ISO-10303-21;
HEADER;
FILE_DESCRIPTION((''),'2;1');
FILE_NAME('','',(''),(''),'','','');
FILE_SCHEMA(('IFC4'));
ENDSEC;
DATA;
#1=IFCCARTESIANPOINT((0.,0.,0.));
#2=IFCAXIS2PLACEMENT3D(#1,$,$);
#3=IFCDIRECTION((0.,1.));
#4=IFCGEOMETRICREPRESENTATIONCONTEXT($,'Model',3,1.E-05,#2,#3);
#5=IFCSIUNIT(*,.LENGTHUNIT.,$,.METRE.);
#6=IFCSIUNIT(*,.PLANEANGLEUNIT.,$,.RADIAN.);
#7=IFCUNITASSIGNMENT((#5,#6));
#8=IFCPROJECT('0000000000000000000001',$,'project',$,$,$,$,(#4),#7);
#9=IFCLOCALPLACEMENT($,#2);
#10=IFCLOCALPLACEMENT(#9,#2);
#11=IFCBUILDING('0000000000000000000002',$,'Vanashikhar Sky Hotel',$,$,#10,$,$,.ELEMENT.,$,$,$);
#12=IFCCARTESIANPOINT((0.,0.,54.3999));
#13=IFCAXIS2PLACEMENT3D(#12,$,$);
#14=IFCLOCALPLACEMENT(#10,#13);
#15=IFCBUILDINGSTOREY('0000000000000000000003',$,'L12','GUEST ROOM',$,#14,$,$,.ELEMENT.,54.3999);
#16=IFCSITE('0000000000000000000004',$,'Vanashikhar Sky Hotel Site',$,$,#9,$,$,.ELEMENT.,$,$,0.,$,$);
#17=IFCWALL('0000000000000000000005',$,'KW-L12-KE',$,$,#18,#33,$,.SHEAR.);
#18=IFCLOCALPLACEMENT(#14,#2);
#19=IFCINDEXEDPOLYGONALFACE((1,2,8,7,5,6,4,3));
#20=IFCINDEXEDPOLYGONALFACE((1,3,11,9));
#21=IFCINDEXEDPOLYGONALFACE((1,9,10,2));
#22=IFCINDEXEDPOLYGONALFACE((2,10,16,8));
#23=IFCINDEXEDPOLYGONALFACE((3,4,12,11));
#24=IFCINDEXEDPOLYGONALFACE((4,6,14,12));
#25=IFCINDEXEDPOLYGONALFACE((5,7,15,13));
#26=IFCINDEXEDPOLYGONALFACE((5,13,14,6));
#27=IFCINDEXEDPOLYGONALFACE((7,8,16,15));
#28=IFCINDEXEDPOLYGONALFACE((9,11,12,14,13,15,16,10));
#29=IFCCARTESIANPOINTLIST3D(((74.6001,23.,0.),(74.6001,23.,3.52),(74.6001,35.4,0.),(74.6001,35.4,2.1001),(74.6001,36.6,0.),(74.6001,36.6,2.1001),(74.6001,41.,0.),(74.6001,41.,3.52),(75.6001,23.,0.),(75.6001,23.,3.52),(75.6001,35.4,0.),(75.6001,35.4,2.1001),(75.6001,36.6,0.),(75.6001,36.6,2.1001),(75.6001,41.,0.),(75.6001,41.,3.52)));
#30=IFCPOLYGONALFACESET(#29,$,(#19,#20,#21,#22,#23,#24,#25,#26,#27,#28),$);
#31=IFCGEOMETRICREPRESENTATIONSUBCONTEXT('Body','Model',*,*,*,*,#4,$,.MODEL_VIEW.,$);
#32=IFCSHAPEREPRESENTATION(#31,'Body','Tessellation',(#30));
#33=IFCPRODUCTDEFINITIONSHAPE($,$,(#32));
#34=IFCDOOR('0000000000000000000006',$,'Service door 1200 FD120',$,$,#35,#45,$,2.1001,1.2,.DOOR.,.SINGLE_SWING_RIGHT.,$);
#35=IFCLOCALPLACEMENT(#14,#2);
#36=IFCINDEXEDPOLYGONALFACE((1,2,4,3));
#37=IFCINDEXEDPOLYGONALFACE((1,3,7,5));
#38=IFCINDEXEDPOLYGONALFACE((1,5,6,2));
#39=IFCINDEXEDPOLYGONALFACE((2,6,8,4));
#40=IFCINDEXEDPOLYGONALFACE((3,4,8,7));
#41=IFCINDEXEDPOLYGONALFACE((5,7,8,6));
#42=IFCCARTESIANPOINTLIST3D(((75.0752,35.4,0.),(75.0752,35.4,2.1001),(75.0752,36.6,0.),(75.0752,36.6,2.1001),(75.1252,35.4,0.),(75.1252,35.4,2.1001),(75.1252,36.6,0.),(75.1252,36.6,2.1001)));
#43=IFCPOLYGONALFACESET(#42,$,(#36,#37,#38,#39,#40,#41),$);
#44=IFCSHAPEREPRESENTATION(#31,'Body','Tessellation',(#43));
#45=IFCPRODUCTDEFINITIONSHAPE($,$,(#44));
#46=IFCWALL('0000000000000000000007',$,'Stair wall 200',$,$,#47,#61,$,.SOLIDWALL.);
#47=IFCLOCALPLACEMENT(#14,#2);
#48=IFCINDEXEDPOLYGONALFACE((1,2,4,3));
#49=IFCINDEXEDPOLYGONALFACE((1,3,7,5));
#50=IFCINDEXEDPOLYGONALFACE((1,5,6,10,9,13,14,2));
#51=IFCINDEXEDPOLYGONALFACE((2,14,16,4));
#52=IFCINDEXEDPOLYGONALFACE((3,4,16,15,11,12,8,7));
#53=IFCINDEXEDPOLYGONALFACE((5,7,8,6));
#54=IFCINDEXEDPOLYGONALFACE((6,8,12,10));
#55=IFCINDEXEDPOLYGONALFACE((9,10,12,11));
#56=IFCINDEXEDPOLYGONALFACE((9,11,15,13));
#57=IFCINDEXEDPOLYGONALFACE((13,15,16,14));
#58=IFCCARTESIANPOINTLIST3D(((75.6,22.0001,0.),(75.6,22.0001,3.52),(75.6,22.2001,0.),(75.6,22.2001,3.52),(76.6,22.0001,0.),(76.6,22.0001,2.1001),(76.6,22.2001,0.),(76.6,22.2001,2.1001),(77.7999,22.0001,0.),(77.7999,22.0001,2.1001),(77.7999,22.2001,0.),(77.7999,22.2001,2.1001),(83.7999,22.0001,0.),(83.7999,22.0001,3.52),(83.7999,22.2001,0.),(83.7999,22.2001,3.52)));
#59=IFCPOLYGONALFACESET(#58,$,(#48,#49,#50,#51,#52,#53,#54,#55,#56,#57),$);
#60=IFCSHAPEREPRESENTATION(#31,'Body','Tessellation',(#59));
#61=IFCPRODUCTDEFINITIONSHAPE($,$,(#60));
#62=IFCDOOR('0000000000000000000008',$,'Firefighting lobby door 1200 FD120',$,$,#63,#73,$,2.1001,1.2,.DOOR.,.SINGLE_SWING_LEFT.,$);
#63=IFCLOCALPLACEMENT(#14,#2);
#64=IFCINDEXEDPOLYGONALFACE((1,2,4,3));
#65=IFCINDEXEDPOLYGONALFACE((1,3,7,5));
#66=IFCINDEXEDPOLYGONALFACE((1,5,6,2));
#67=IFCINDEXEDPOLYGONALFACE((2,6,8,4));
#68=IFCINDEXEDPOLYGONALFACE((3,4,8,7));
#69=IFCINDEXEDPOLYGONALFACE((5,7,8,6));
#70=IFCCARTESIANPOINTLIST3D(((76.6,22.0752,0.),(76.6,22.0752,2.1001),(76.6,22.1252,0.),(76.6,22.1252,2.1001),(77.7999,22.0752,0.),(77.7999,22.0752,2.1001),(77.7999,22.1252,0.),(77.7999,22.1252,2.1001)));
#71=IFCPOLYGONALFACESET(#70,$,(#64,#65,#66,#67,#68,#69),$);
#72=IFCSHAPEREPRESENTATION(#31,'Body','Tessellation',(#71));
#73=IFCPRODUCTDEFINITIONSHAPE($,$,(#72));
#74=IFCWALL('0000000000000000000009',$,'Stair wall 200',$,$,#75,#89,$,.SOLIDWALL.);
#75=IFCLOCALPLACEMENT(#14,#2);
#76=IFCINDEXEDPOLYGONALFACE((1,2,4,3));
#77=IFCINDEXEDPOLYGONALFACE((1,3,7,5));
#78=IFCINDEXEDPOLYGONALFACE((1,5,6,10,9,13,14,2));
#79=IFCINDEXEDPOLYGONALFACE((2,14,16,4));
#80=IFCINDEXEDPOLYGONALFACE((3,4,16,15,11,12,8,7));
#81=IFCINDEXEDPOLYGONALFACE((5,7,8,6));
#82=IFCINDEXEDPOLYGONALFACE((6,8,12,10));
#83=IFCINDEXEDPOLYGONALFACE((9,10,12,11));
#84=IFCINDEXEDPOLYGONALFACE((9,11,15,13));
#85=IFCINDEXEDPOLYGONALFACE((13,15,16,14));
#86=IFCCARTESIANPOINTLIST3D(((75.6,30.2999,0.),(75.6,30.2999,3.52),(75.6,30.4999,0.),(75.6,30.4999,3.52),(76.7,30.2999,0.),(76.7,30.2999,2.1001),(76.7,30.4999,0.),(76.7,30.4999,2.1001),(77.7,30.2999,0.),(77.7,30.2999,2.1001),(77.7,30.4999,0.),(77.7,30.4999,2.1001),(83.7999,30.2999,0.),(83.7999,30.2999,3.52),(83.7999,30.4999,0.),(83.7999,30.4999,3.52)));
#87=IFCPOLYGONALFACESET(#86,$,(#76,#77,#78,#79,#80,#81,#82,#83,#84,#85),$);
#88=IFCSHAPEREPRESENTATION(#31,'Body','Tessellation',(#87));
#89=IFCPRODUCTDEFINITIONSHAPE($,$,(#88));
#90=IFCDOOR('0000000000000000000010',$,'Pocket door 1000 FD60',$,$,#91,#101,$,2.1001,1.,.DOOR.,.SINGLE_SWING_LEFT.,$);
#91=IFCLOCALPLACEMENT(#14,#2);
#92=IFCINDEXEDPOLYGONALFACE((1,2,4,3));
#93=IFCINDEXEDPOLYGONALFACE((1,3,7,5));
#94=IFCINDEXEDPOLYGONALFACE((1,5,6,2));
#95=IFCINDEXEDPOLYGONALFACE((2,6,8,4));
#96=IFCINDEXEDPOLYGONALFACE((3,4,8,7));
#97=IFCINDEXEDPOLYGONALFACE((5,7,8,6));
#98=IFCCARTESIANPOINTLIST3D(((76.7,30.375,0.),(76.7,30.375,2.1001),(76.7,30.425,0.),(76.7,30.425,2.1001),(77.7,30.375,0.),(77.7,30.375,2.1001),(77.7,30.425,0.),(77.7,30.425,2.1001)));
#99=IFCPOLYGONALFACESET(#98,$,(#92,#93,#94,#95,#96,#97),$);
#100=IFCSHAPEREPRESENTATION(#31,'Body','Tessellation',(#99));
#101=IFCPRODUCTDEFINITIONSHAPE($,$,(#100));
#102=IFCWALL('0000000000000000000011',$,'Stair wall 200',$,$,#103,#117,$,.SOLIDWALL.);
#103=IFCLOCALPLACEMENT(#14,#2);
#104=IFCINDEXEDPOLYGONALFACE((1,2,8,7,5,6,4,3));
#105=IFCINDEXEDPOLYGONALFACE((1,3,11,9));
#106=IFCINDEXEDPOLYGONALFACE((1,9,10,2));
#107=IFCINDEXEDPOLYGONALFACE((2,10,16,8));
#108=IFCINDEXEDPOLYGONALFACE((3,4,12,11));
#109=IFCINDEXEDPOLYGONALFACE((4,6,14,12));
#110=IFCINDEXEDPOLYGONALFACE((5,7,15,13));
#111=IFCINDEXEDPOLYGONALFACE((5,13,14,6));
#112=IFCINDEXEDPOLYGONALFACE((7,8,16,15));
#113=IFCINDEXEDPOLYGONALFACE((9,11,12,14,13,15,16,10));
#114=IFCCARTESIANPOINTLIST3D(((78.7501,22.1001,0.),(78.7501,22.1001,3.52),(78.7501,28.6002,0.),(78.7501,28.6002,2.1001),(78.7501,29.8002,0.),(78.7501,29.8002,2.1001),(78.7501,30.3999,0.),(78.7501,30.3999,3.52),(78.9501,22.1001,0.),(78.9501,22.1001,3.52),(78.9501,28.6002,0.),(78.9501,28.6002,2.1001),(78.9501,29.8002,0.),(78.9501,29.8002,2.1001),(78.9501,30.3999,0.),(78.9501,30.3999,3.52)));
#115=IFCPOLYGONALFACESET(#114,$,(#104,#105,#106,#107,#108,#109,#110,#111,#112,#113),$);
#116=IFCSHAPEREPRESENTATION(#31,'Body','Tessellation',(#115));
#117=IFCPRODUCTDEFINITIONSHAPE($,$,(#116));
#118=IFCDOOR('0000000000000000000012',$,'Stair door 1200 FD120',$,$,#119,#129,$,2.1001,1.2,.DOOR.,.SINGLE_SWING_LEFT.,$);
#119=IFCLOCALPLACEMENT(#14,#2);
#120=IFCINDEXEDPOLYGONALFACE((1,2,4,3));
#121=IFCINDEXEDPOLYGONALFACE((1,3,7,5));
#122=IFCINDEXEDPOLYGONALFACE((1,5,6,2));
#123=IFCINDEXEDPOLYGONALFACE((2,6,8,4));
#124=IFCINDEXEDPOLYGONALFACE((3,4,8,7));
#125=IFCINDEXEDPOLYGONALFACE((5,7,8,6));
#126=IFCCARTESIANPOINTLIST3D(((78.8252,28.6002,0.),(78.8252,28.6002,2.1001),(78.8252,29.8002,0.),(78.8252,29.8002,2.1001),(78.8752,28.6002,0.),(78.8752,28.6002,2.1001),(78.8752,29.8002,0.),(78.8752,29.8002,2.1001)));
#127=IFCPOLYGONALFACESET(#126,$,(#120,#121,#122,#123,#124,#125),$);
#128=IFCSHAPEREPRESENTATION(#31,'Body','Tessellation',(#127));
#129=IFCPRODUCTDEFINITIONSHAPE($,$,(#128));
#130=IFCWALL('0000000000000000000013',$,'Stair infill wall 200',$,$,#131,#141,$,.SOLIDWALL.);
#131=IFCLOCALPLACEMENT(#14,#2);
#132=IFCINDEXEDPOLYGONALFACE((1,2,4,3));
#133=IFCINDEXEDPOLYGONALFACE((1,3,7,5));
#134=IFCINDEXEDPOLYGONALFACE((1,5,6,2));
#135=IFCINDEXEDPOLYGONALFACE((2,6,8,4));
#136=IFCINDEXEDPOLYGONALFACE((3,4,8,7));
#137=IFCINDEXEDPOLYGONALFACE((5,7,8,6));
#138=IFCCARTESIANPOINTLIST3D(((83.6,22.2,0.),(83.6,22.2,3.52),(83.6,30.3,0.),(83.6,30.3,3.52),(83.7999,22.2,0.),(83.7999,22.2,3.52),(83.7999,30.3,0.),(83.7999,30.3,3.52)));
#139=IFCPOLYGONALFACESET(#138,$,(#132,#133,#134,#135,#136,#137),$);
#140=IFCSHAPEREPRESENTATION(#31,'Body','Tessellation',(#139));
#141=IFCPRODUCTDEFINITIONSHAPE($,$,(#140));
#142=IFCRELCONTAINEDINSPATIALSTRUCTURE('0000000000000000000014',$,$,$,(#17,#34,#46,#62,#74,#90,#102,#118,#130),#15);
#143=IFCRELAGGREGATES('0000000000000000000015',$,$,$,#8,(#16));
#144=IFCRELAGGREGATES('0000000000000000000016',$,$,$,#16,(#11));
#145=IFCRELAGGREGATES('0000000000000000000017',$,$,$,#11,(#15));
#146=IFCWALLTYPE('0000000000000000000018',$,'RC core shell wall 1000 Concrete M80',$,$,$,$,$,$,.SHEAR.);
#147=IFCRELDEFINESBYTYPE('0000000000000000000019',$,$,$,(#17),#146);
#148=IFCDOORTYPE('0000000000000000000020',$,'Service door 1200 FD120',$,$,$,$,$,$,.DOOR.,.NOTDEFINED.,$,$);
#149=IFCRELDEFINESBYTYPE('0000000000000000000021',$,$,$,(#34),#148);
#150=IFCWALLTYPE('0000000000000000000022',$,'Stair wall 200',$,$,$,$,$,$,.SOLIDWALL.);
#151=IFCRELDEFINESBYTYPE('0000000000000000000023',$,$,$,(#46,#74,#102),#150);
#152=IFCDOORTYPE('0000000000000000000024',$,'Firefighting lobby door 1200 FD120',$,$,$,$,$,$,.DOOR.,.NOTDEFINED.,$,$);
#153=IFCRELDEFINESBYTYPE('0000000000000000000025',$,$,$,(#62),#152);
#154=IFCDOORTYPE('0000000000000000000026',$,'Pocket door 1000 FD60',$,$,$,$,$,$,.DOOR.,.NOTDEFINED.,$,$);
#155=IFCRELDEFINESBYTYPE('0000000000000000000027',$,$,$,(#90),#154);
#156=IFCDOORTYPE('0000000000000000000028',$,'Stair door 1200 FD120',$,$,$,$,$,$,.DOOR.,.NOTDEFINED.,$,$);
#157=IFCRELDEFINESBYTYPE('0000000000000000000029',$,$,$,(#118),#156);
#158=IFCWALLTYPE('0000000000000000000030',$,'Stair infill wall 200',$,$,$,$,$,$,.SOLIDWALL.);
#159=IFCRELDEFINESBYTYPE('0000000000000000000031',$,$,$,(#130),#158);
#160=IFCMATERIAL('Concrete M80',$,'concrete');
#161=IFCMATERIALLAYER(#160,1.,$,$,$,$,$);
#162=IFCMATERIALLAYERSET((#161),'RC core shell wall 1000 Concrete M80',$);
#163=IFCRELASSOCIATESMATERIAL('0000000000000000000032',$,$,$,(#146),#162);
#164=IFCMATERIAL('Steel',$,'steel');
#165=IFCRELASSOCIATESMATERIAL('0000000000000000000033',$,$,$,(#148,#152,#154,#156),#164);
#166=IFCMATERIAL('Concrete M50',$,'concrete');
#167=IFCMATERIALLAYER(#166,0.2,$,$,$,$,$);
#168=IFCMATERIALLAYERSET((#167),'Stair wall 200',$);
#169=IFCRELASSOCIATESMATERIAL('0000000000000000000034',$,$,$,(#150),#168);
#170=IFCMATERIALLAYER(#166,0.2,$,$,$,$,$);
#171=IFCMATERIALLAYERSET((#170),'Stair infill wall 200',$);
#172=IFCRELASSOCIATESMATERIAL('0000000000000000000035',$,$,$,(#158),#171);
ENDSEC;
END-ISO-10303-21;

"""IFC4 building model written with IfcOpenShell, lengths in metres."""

from ifc_helpers import new_model, si_unit, direction, frame, frame_2d, origin, place, context, subcontext, project, spatial, rectangle, extrude, source, transform, mapped, material, layer, layer_set, type_object, element, fill, save


model = new_model("IFC4")

# Units and contexts
model_context = context("Model", 3, precision=1e-05, world=origin(), true_north=direction((0.0, 1.0)))
body_context = subcontext(model_context, "Body", "Model", "MODEL_VIEW")
ifc_project = project(units=[si_unit("LENGTHUNIT", "METRE"), si_unit("PLANEANGLEUNIT", "RADIAN")], contexts=[model_context])

# Site, building, storey
site_placement = place(None, origin())
site = spatial("IfcSite", under=ifc_project, at=site_placement, Name="Vanashikhar Sky Hotel Site", CompositionType="ELEMENT", RefElevation=0.0)
building_placement = place(site_placement, origin())
building = spatial("IfcBuilding", under=site, at=building_placement, Name="Vanashikhar Sky Hotel", CompositionType="ELEMENT")
storey_placement = place(building_placement, frame((0.0, 0.0, 54.3999)))
storey = spatial("IfcBuildingStorey", under=building, at=storey_placement, Name="L12", Description="GUEST ROOM", CompositionType="ELEMENT", Elevation=54.3999)

# Walls, openings, doors
ifc_material_1 = material(Name="Concrete M80", Category="concrete")
ifc_layer_1 = layer(ifc_material_1, 1.0)
ifc_layer_set_1 = layer_set([ifc_layer_1], Name="RC core shell wall 1000 Concrete M80")
wall_type_1 = type_object("IfcWallType", Name="RC core shell wall 1000 Concrete M80", PredefinedType="SHEAR", material=ifc_layer_set_1)
shared_shape_1 = source(origin(), body_context, "Body", "SweptSolid", [
    extrude(rectangle(XDim=18.0, YDim=1.0, at=frame_2d((9.0, 0.0))), origin(), (0.0, 0.0, 1.0), 3.52),
])
wall_1_placement = place(storey_placement, frame((75.1001, 23.0, 0.0), z_axis=(0.0, 0.0, 1.0), x_axis=(0.0, 1.0, 0.0)))
wall_1 = element("IfcWall", 1, at=wall_1_placement, inside=storey, type_object=wall_type_1, Name="KW-L12-KE", PredefinedType="SHEAR", context=body_context, shape_type="MappedRepresentation", body=[
    mapped(shared_shape_1, transform((0.0, 0.0, 0.0), scale=1.0)),
])
shared_shape_2 = source(origin(), body_context, "Body", "SweptSolid", [
    extrude(rectangle(XDim=1.2, YDim=2.1001, at=frame_2d((0.6001, 1.05))), frame((0.0, 0.51, 0.0), z_axis=(0.0, -1.0, 0.0), x_axis=(1.0, 0.0, 0.0)), (0.0, 0.0, 1.0), 1.02),
])
opening_1_placement = place(wall_1_placement, frame((12.3999, 0.0, 0.0)))
opening_1 = element("IfcOpeningElement", 2, at=opening_1_placement, cuts=wall_1, PredefinedType="OPENING", context=body_context, shape_type="MappedRepresentation", body=[
    mapped(shared_shape_2, transform((0.0, 0.0, 0.0), scale=1.0)),
])
ifc_material_2 = material(Name="Steel", Category="steel")
door_type_1 = type_object("IfcDoorType", Name="Service door 1200 FD120", OperationType="NOTDEFINED", PredefinedType="DOOR", material=ifc_material_2)
shared_shape_3 = source(origin(), body_context, "Body", "SweptSolid", [
    extrude(rectangle(XDim=1.2, YDim=2.1001, at=frame_2d((0.6001, 1.05))), frame((0.0, 0.0249, 0.0), z_axis=(0.0, -1.0, 0.0), x_axis=(1.0, 0.0, 0.0)), (0.0, 0.0, 1.0), 0.05),
])
door_1_placement = place(opening_1_placement, origin())
door_1 = element("IfcDoor", 3, at=door_1_placement, inside=storey, type_object=door_type_1, Name="Service door 1200 FD120", OperationType="SINGLE_SWING_RIGHT", OverallHeight=2.1001, OverallWidth=1.2, PredefinedType="DOOR", context=body_context, shape_type="MappedRepresentation", body=[
    mapped(shared_shape_3, transform((0.0, 0.0, 0.0), scale=1.0)),
])
fill(opening_1, door_1)
ifc_material_3 = material(Name="Concrete M50", Category="concrete")
ifc_layer_2 = layer(ifc_material_3, 0.2)
ifc_layer_set_2 = layer_set([ifc_layer_2], Name="Stair wall 200")
wall_type_2 = type_object("IfcWallType", Name="Stair wall 200", PredefinedType="SOLIDWALL", material=ifc_layer_set_2)
shared_shape_4 = source(origin(), body_context, "Body", "SweptSolid", [
    extrude(rectangle(XDim=8.2, YDim=0.2, at=frame_2d((4.1001, 0.0))), origin(), (0.0, 0.0, 1.0), 3.52),
])
wall_2_placement = place(storey_placement, frame((83.8, 22.1001, 0.0), z_axis=(0.0, 0.0, 1.0), x_axis=(-1.0, 0.0, 0.0)))
wall_2 = element("IfcWall", 4, at=wall_2_placement, inside=storey, type_object=wall_type_2, Name="Stair wall 200", PredefinedType="SOLIDWALL", context=body_context, shape_type="MappedRepresentation", body=[
    mapped(shared_shape_4, transform((0.0, 0.0, 0.0), scale=1.0)),
])
shared_shape_5 = source(origin(), body_context, "Body", "SweptSolid", [
    extrude(rectangle(XDim=1.2, YDim=2.1001, at=frame_2d((0.6001, 1.05))), frame((0.0, 0.1099, 0.0), z_axis=(0.0, -1.0, 0.0), x_axis=(1.0, 0.0, 0.0)), (0.0, 0.0, 1.0), 0.22),
])
opening_2_placement = place(wall_2_placement, frame((6.0, 0.0, 0.0)))
opening_2 = element("IfcOpeningElement", 5, at=opening_2_placement, cuts=wall_2, PredefinedType="OPENING", context=body_context, shape_type="MappedRepresentation", body=[
    mapped(shared_shape_5, transform((0.0, 0.0, 0.0), scale=1.0)),
])
door_type_2 = type_object("IfcDoorType", Name="Firefighting lobby door 1200 FD120", OperationType="NOTDEFINED", PredefinedType="DOOR", material=ifc_material_2)
door_2_placement = place(opening_2_placement, origin())
door_2 = element("IfcDoor", 6, at=door_2_placement, inside=storey, type_object=door_type_2, Name="Firefighting lobby door 1200 FD120", OperationType="SINGLE_SWING_LEFT", OverallHeight=2.1001, OverallWidth=1.2, PredefinedType="DOOR", context=body_context, shape_type="MappedRepresentation", body=[
    mapped(shared_shape_3, transform((0.0, 0.0, 0.0), scale=1.0)),
])
fill(opening_2, door_2)
wall_3_placement = place(storey_placement, frame((83.8, 30.3999, 0.0), z_axis=(0.0, 0.0, 1.0), x_axis=(-1.0, 0.0, 0.0)))
wall_3 = element("IfcWall", 7, at=wall_3_placement, inside=storey, type_object=wall_type_2, Name="Stair wall 200", PredefinedType="SOLIDWALL", context=body_context, shape_type="MappedRepresentation", body=[
    mapped(shared_shape_4, transform((0.0, 0.0, 0.0), scale=1.0)),
])
shared_shape_6 = source(origin(), body_context, "Body", "SweptSolid", [
    extrude(rectangle(XDim=1.0, YDim=2.1001, at=frame_2d((0.5, 1.05))), frame((0.0, 0.1099, 0.0), z_axis=(0.0, -1.0, 0.0), x_axis=(1.0, 0.0, 0.0)), (0.0, 0.0, 1.0), 0.22),
])
opening_3_placement = place(wall_3_placement, frame((6.1001, 0.0, 0.0)))
opening_3 = element("IfcOpeningElement", 8, at=opening_3_placement, cuts=wall_3, PredefinedType="OPENING", context=body_context, shape_type="MappedRepresentation", body=[
    mapped(shared_shape_6, transform((0.0, 0.0, 0.0), scale=1.0)),
])
door_type_3 = type_object("IfcDoorType", Name="Pocket door 1000 FD60", OperationType="NOTDEFINED", PredefinedType="DOOR", material=ifc_material_2)
shared_shape_7 = source(origin(), body_context, "Body", "SweptSolid", [
    extrude(rectangle(XDim=1.0, YDim=2.1001, at=frame_2d((0.5, 1.05))), frame((0.0, 0.0249, 0.0), z_axis=(0.0, -1.0, 0.0), x_axis=(1.0, 0.0, 0.0)), (0.0, 0.0, 1.0), 0.05),
])
door_3_placement = place(opening_3_placement, origin())
door_3 = element("IfcDoor", 9, at=door_3_placement, inside=storey, type_object=door_type_3, Name="Pocket door 1000 FD60", OperationType="SINGLE_SWING_LEFT", OverallHeight=2.1001, OverallWidth=1.0, PredefinedType="DOOR", context=body_context, shape_type="MappedRepresentation", body=[
    mapped(shared_shape_7, transform((0.0, 0.0, 0.0), scale=1.0)),
])
fill(opening_3, door_3)
shared_shape_8 = source(origin(), body_context, "Body", "SweptSolid", [
    extrude(rectangle(XDim=8.2998, YDim=0.2, at=frame_2d((4.1499, 0.0))), origin(), (0.0, 0.0, 1.0), 3.52),
])
wall_4_placement = place(storey_placement, frame((78.8501, 22.1001, 0.0), z_axis=(0.0, 0.0, 1.0), x_axis=(0.0, 1.0, 0.0)))
wall_4 = element("IfcWall", 10, at=wall_4_placement, inside=storey, type_object=wall_type_2, Name="Stair wall 200", PredefinedType="SOLIDWALL", context=body_context, shape_type="MappedRepresentation", body=[
    mapped(shared_shape_8, transform((0.0, 0.0, 0.0), scale=1.0)),
])
opening_4_placement = place(wall_4_placement, frame((6.5, 0.0, 0.0)))
opening_4 = element("IfcOpeningElement", 11, at=opening_4_placement, cuts=wall_4, PredefinedType="OPENING", context=body_context, shape_type="MappedRepresentation", body=[
    mapped(shared_shape_5, transform((0.0, 0.0, 0.0), scale=1.0)),
])
door_type_4 = type_object("IfcDoorType", Name="Stair door 1200 FD120", OperationType="NOTDEFINED", PredefinedType="DOOR", material=ifc_material_2)
door_4_placement = place(opening_4_placement, origin())
door_4 = element("IfcDoor", 12, at=door_4_placement, inside=storey, type_object=door_type_4, Name="Stair door 1200 FD120", OperationType="SINGLE_SWING_LEFT", OverallHeight=2.1001, OverallWidth=1.2, PredefinedType="DOOR", context=body_context, shape_type="MappedRepresentation", body=[
    mapped(shared_shape_3, transform((0.0, 0.0, 0.0), scale=1.0)),
])
fill(opening_4, door_4)

# Wall
ifc_layer_3 = layer(ifc_material_3, 0.2)
ifc_layer_set_3 = layer_set([ifc_layer_3], Name="Stair infill wall 200")
wall_type_3 = type_object("IfcWallType", Name="Stair infill wall 200", PredefinedType="SOLIDWALL", material=ifc_layer_set_3)
shared_shape_9 = source(origin(), body_context, "Body", "SweptSolid", [
    extrude(rectangle(XDim=8.1001, YDim=0.2, at=frame_2d((4.05, 0.0))), origin(), (0.0, 0.0, 1.0), 3.52),
])
wall_5_placement = place(storey_placement, frame((83.7, 22.2, 0.0), z_axis=(0.0, 0.0, 1.0), x_axis=(0.0, 1.0, 0.0)))
element("IfcWall", 13, at=wall_5_placement, inside=storey, type_object=wall_type_3, Name="Stair infill wall 200", PredefinedType="SOLIDWALL", context=body_context, shape_type="MappedRepresentation", body=[
    mapped(shared_shape_9, transform((0.0, 0.0, 0.0), scale=1.0)),
])

save(model, "model.ifc")
